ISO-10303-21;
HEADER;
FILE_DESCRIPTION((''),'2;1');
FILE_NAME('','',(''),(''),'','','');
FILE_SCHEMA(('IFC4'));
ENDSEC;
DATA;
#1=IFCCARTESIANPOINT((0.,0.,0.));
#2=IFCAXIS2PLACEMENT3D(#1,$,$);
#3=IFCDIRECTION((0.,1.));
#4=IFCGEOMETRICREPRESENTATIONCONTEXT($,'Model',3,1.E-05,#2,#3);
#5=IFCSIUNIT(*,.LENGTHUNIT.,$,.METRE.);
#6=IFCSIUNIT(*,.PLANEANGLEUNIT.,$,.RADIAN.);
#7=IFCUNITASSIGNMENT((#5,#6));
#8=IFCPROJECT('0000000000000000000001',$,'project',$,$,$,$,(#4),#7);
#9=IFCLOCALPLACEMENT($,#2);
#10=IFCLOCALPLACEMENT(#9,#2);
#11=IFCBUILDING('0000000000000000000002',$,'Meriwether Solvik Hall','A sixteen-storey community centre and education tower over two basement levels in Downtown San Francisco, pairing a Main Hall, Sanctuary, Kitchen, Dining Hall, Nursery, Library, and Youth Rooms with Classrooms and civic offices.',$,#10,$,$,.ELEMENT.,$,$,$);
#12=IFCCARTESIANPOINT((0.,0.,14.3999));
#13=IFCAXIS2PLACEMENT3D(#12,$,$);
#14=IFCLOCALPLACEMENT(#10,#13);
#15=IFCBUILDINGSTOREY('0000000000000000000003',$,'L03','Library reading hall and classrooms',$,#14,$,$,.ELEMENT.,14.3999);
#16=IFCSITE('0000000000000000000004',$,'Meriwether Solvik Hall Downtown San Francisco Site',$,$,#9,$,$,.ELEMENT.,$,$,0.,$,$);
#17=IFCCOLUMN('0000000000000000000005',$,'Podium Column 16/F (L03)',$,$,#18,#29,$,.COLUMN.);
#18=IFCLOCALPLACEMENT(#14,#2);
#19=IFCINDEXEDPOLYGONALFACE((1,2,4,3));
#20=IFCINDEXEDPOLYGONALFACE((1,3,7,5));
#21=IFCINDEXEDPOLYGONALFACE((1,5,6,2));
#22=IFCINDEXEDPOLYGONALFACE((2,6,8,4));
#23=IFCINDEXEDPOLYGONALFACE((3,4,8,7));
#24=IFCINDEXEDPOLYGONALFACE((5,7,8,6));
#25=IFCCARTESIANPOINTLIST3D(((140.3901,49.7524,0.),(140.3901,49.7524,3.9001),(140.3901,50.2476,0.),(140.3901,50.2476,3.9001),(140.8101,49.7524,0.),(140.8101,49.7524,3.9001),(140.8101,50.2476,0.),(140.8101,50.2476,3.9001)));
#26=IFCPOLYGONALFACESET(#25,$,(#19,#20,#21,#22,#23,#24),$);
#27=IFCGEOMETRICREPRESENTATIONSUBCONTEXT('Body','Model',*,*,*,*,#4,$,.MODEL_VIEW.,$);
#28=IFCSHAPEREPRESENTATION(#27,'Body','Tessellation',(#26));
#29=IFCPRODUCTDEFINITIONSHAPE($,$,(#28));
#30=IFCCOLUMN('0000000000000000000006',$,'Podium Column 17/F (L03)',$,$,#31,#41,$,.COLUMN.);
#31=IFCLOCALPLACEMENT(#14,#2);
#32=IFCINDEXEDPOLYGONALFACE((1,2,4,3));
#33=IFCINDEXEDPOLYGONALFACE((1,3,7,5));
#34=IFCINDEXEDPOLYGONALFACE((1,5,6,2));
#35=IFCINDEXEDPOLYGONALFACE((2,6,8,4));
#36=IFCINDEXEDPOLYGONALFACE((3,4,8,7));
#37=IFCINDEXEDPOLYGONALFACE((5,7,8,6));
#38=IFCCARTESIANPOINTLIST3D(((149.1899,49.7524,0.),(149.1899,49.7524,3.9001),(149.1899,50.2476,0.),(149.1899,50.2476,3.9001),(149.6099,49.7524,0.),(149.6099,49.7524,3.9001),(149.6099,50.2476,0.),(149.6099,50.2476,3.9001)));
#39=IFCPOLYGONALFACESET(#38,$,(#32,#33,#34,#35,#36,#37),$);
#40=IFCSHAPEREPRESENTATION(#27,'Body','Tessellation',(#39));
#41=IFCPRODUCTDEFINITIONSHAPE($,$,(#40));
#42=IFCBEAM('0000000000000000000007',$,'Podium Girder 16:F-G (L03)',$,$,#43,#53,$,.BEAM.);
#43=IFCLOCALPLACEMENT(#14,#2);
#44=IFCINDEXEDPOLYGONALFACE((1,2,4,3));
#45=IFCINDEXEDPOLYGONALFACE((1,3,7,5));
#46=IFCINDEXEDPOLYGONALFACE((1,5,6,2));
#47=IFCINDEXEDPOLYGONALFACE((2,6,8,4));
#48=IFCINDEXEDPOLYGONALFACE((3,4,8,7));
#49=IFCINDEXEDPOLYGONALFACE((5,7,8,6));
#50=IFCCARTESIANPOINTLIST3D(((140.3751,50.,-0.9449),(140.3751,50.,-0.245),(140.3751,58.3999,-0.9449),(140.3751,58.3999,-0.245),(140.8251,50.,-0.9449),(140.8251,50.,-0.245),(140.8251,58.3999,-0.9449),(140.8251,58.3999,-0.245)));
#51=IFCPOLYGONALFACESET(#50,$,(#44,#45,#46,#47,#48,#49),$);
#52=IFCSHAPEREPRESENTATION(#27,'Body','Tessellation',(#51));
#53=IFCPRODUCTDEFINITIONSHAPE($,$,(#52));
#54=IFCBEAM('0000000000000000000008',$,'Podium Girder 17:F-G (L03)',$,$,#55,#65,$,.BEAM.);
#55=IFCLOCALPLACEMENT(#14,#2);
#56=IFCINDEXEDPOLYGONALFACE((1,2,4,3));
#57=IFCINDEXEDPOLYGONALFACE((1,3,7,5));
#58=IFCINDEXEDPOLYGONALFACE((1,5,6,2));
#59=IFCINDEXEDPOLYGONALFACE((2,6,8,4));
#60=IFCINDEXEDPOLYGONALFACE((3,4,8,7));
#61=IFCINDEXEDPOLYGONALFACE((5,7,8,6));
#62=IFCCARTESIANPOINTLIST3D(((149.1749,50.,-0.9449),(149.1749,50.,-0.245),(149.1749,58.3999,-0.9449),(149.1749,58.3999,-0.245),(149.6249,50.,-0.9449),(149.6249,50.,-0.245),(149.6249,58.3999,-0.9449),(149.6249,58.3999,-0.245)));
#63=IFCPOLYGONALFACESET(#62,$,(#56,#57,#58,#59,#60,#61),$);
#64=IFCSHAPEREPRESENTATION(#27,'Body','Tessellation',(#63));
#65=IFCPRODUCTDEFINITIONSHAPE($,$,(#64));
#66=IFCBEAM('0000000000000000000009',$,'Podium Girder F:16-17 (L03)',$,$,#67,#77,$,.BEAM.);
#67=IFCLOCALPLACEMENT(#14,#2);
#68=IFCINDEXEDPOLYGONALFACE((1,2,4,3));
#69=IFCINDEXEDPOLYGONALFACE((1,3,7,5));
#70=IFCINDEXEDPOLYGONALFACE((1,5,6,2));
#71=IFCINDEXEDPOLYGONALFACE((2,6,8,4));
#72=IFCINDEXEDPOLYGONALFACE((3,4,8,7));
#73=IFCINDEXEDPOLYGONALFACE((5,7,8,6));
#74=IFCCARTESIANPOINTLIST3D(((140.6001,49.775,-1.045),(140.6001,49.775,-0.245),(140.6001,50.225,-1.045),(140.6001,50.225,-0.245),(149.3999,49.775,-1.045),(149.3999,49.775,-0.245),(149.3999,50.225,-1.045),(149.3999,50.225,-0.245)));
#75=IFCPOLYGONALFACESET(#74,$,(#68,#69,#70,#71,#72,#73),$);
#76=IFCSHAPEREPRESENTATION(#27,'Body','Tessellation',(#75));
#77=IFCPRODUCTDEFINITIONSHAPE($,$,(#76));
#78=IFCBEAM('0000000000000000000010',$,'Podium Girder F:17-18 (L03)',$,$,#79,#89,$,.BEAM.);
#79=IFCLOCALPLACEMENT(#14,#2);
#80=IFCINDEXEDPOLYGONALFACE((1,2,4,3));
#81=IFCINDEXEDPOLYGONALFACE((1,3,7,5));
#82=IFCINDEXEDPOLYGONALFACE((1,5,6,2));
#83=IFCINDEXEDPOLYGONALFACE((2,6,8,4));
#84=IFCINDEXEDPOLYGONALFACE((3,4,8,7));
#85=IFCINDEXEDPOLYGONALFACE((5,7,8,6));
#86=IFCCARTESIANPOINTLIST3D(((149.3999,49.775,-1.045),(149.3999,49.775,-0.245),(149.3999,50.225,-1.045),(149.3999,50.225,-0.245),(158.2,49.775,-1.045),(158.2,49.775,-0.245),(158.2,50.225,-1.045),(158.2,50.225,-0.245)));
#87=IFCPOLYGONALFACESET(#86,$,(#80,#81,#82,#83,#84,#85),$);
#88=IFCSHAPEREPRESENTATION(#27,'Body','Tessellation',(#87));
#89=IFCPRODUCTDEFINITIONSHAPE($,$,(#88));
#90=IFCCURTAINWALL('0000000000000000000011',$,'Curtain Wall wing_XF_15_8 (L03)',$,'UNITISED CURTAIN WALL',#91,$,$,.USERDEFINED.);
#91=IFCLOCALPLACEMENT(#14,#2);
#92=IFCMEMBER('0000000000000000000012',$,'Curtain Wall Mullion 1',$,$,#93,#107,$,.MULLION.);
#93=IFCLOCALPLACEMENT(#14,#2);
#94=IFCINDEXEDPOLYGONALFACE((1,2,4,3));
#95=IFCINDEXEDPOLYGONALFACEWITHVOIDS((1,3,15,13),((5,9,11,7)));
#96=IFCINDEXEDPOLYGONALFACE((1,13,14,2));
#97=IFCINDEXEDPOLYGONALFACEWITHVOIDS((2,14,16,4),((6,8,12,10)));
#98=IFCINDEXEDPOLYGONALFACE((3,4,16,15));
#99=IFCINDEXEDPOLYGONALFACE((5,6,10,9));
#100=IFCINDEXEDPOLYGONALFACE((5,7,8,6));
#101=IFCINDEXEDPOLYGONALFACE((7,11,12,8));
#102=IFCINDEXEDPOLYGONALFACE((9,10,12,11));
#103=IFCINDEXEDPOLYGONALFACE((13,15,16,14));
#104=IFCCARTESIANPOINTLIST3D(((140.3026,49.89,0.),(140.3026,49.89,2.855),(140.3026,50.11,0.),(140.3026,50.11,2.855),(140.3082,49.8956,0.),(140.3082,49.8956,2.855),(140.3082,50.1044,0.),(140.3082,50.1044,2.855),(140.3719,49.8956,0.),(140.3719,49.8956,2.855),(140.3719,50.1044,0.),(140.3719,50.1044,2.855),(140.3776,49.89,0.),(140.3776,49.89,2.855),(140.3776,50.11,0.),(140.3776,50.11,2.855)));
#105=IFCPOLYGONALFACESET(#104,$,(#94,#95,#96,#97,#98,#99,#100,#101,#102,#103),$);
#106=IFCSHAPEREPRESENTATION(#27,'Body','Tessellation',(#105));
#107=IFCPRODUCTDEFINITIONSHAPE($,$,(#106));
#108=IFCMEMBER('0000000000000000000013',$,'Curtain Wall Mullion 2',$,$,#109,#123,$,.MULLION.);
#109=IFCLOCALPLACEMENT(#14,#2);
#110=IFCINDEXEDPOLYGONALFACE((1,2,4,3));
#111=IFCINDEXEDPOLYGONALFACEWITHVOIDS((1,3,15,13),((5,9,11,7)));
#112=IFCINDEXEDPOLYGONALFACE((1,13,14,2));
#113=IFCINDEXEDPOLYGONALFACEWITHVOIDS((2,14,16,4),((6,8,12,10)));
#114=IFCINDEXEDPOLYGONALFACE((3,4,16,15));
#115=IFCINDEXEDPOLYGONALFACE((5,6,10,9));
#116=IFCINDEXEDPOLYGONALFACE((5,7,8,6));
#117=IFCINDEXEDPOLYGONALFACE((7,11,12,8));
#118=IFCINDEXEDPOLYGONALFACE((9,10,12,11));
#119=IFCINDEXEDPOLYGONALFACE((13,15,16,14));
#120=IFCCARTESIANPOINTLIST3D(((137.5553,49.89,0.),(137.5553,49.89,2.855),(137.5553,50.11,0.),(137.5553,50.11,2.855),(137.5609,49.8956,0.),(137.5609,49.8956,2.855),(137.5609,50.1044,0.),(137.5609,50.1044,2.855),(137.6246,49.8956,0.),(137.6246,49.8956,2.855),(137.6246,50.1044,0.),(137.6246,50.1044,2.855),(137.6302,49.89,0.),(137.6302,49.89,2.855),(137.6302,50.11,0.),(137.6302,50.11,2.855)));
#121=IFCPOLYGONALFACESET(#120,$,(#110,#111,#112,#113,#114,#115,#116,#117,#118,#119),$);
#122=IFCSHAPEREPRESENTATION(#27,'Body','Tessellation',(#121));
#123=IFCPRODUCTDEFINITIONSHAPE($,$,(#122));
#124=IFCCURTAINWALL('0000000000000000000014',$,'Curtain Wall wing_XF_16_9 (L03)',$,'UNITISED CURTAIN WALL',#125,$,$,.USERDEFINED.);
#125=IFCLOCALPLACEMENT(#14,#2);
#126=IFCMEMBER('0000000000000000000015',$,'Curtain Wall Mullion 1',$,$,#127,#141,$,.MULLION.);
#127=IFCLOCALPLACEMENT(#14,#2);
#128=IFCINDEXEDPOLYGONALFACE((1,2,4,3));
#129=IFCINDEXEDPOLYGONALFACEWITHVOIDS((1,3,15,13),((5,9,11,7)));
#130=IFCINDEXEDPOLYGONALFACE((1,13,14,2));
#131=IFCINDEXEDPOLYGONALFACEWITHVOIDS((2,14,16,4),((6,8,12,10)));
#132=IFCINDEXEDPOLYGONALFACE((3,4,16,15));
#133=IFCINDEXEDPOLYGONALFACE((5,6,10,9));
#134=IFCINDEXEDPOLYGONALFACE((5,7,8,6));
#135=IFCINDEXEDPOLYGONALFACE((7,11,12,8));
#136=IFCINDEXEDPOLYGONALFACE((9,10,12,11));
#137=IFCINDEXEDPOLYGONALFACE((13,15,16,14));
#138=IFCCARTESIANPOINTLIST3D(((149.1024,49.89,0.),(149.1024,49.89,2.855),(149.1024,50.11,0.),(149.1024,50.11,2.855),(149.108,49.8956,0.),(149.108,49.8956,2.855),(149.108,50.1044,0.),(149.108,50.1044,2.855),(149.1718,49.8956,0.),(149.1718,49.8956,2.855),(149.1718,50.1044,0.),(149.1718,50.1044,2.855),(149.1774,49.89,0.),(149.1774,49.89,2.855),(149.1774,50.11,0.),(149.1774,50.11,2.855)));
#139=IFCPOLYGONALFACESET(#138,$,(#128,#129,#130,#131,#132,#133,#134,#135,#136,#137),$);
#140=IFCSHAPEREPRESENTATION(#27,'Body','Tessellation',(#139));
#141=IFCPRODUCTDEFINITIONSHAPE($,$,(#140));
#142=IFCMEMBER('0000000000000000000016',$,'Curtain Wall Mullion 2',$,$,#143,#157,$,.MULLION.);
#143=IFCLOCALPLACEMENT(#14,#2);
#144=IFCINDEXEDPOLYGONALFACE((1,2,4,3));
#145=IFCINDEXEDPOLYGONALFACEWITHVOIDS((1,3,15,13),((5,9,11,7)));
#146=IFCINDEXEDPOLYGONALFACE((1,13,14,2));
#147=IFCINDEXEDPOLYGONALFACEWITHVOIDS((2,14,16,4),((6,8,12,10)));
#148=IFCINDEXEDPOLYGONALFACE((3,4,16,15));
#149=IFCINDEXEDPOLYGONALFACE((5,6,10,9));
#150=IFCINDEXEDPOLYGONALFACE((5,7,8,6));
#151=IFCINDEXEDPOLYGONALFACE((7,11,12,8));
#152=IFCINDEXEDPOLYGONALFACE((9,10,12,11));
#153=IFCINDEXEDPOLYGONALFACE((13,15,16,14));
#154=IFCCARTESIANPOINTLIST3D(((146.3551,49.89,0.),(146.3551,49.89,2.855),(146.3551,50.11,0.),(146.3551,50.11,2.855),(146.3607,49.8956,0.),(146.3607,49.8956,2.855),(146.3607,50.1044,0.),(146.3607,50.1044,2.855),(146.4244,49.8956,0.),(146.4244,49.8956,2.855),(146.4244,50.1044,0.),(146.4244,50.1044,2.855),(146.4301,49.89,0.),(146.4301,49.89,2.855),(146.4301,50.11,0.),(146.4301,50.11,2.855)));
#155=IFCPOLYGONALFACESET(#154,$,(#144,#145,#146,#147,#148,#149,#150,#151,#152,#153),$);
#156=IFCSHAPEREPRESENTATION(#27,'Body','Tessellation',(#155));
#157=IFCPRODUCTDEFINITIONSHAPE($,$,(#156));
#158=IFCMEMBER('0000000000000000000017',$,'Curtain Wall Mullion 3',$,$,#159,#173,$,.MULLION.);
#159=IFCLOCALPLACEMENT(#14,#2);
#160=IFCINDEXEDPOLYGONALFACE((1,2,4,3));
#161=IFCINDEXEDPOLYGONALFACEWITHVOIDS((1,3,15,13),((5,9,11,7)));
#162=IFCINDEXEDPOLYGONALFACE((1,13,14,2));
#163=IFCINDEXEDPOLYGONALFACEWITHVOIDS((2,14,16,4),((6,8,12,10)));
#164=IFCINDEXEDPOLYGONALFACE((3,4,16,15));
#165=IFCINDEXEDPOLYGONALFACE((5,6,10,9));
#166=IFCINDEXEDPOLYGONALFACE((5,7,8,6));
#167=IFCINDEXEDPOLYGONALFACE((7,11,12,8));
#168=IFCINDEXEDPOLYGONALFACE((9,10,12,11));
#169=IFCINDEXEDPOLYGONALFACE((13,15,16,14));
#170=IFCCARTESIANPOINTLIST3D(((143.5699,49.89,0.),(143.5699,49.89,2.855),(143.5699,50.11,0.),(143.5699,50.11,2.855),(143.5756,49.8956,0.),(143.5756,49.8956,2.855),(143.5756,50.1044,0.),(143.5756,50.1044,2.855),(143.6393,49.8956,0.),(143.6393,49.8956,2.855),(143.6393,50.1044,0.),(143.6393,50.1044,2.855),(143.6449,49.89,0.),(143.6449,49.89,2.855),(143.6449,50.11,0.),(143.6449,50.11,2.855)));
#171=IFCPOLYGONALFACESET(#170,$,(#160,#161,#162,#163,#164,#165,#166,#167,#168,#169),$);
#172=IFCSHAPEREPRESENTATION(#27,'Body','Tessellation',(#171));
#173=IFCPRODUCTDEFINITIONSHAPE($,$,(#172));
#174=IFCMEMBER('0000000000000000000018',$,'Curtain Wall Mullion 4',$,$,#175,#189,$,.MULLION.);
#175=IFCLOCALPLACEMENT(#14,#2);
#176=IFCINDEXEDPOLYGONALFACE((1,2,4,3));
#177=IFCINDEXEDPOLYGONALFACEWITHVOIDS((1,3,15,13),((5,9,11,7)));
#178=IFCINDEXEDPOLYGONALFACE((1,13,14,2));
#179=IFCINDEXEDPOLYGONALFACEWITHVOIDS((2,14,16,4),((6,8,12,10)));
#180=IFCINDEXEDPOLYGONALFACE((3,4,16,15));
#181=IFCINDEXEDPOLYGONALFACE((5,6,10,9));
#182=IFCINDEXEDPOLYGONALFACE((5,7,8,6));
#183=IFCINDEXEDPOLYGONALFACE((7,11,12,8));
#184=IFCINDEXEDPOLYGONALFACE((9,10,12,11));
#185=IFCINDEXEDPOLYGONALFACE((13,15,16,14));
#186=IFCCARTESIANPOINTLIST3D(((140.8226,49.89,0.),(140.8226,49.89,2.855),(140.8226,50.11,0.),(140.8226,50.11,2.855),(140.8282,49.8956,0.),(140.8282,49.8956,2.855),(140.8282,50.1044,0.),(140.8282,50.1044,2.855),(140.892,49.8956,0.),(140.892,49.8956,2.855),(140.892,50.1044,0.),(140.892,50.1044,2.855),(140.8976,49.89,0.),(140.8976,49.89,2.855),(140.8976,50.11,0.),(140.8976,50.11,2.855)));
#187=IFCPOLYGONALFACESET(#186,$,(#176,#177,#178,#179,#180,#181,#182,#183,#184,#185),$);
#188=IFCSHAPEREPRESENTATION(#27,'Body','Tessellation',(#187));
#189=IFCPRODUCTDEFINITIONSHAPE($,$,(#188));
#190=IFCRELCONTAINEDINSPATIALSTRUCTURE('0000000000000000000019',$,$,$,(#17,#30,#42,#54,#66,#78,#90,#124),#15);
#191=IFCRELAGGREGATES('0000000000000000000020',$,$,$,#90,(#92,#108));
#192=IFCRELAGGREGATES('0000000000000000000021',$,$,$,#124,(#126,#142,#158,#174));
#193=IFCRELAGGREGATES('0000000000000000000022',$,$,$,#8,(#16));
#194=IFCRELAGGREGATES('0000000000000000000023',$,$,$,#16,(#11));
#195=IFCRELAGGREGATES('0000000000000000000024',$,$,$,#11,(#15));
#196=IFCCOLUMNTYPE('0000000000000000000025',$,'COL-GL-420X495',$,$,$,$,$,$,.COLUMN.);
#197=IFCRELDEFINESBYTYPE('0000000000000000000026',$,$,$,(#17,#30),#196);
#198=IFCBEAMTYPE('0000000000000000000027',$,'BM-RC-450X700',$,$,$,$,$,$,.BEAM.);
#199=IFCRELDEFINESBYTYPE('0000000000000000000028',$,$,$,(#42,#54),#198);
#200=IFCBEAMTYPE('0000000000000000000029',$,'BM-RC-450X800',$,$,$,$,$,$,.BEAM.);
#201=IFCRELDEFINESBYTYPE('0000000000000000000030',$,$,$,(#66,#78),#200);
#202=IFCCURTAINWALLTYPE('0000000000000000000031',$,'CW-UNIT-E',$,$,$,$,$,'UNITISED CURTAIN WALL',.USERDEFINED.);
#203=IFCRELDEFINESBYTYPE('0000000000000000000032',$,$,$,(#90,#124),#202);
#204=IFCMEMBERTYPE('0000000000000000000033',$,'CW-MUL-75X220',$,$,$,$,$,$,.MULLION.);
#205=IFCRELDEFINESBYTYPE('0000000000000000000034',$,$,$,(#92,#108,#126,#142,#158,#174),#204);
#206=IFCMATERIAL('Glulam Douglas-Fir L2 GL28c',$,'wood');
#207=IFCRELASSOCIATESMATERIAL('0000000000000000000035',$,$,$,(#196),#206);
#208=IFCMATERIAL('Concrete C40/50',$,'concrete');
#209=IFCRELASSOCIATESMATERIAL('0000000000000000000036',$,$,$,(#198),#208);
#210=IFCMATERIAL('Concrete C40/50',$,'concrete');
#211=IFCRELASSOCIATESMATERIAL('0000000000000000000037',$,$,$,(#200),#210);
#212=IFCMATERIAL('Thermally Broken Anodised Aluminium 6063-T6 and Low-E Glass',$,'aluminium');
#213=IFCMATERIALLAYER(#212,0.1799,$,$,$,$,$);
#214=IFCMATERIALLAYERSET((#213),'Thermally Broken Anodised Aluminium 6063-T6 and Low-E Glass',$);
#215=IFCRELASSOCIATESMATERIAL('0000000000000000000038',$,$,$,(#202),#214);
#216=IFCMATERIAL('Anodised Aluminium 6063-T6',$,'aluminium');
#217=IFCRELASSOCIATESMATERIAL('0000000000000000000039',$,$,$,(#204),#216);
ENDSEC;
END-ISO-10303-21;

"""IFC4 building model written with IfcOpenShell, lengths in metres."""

from ifc_helpers import new_model, si_unit, direction, frame, origin, origin_2d, place, context, subcontext, project, spatial, rectangle, hollow_rectangle, extrude, material, layer, layer_set, material_profile, profile_set, type_object, element, aggregate, save


model = new_model("IFC4")

# Units and contexts
model_context = context("Model", 3, precision=1e-05, world=origin(), true_north=direction((0.0, 1.0)))
body_context = subcontext(model_context, "Body", "Model", "MODEL_VIEW")
ifc_project = project(units=[si_unit("LENGTHUNIT", "METRE"), si_unit("PLANEANGLEUNIT", "RADIAN")], contexts=[model_context])

# Site, building, storey
site_placement = place(None, origin())
site = spatial("IfcSite", under=ifc_project, at=site_placement, Name="Meriwether Solvik Hall Downtown San Francisco Site", CompositionType="ELEMENT", RefElevation=0.0)
building_placement = place(site_placement, origin())
building = spatial("IfcBuilding", under=site, at=building_placement, Name="Meriwether Solvik Hall", Description="A sixteen-storey community centre and education tower over two basement levels in Downtown San Francisco, pairing a Main Hall, Sanctuary, Kitchen, Dining Hall, Nursery, Library, and Youth Rooms with Classrooms and civic offices.", CompositionType="ELEMENT")
storey_placement = place(building_placement, frame((0.0, 0.0, 14.3999)))
storey = spatial("IfcBuildingStorey", under=building, at=storey_placement, Name="L03", Description="Library reading hall and classrooms", CompositionType="ELEMENT", Elevation=14.3999)

# Columns
ifc_material_1 = material(Name="Glulam Douglas-Fir L2 GL28c", Category="wood")
ifc_material_profile_1 = material_profile(ifc_material_1, rectangle(XDim=0.4199, YDim=0.4951, at=origin_2d()), Name="GLC-420X495")
ifc_profile_set_1 = profile_set([ifc_material_profile_1], Name="Glulam Douglas-Fir L2 GL28c")
column_type = type_object("IfcColumnType", Name="COL-GL-420X495", PredefinedType="COLUMN", material=ifc_profile_set_1)
for number, where, z_axis, x_axis, name in (
    (1, (140.6001, 50.0, 0.0), (0.0, 0.0, 1.0), (1.0, 0.0, 0.0), "Podium Column 16/F (L03)"),
    (2, (149.3999, 50.0, 0.0), (0.0, 0.0, 1.0), (1.0, 0.0, 0.0), "Podium Column 17/F (L03)"),
):
    element("IfcColumn", number, at=place(storey_placement, frame(where, z_axis=z_axis, x_axis=x_axis)), inside=storey, type_object=column_type, Name=name, PredefinedType="COLUMN", context=body_context, shape_type="SweptSolid", body=[
        extrude(rectangle(XDim=0.4199, YDim=0.4951, at=origin_2d()), origin(), (0.0, 0.0, 1.0), 3.9001),
    ])

# Beams
ifc_material_2 = material(Name="Concrete C40/50", Category="concrete")
ifc_material_profile_2 = material_profile(ifc_material_2, rectangle(XDim=0.45, YDim=0.7, at=origin_2d()), Name="RCB-450X700")
ifc_profile_set_2 = profile_set([ifc_material_profile_2], Name="Concrete C40/50")
beam_type_1 = type_object("IfcBeamType", Name="BM-RC-450X700", PredefinedType="BEAM", material=ifc_profile_set_2)
for number, where, z_axis, x_axis, name in (
    (3, (140.6001, 50.0, -0.595), (0.0, 1.0, 0.0), (-1.0, 0.0, 0.0), "Podium Girder 16:F-G (L03)"),
    (4, (149.3999, 50.0, -0.595), (0.0, 1.0, 0.0), (-1.0, 0.0, 0.0), "Podium Girder 17:F-G (L03)"),
):
    element("IfcBeam", number, at=place(storey_placement, frame(where, z_axis=z_axis, x_axis=x_axis)), inside=storey, type_object=beam_type_1, Name=name, PredefinedType="BEAM", context=body_context, shape_type="SweptSolid", body=[
        extrude(rectangle(XDim=0.45, YDim=0.7, at=origin_2d()), origin(), (0.0, 0.0, 1.0), 8.3999),
    ])
ifc_material_3 = material(Name="Concrete C40/50", Category="concrete")
ifc_material_profile_3 = material_profile(ifc_material_3, rectangle(XDim=0.45, YDim=0.8, at=origin_2d()), Name="RCB-450X800")
ifc_profile_set_3 = profile_set([ifc_material_profile_3], Name="Concrete C40/50")
beam_type_2 = type_object("IfcBeamType", Name="BM-RC-450X800", PredefinedType="BEAM", material=ifc_profile_set_3)
beam_1_placement = place(storey_placement, frame((140.6001, 50.0, -0.645), z_axis=(1.0, 0.0, 0.0), x_axis=(0.0, 1.0, 0.0)))
element("IfcBeam", 5, at=beam_1_placement, inside=storey, type_object=beam_type_2, Name="Podium Girder F:16-17 (L03)", PredefinedType="BEAM", context=body_context, shape_type="SweptSolid", body=[
    extrude(rectangle(XDim=0.45, YDim=0.8, at=origin_2d()), origin(), (0.0, 0.0, 1.0), 8.7998),
])
beam_2_placement = place(storey_placement, frame((149.3999, 50.0, -0.645), z_axis=(1.0, 0.0, 0.0), x_axis=(0.0, 1.0, 0.0)))
element("IfcBeam", 6, at=beam_2_placement, inside=storey, type_object=beam_type_2, Name="Podium Girder F:17-18 (L03)", PredefinedType="BEAM", context=body_context, shape_type="SweptSolid", body=[
    extrude(rectangle(XDim=0.45, YDim=0.8, at=origin_2d()), origin(), (0.0, 0.0, 1.0), 8.8),
])

# Curtain walls, members
ifc_material_4 = material(Name="Thermally Broken Anodised Aluminium 6063-T6 and Low-E Glass", Category="aluminium")
ifc_layer_1 = layer(ifc_material_4, 0.1799)
ifc_layer_set_1 = layer_set([ifc_layer_1], Name="Thermally Broken Anodised Aluminium 6063-T6 and Low-E Glass")
curtain_wall_type = type_object("IfcCurtainWallType", Name="CW-UNIT-E", ElementType="UNITISED CURTAIN WALL", PredefinedType="USERDEFINED", material=ifc_layer_set_1)
curtain_wall_1_placement = place(storey_placement, origin())
curtain_wall_1 = element("IfcCurtainWall", 7, at=curtain_wall_1_placement, inside=storey, type_object=curtain_wall_type, Name="Curtain Wall wing_XF_15_8 (L03)", ObjectType="UNITISED CURTAIN WALL", PredefinedType="USERDEFINED")
ifc_material_5 = material(Name="Anodised Aluminium 6063-T6", Category="aluminium")
ifc_material_profile_4 = material_profile(ifc_material_5, hollow_rectangle(XDim=0.075, YDim=0.22, WallThickness=0.0056, at=origin_2d()), Name="CWM-75X220")
ifc_profile_set_4 = profile_set([ifc_material_profile_4], Name="Anodised Aluminium 6063-T6")
member_type_1 = type_object("IfcMemberType", Name="CW-MUL-75X220", PredefinedType="MULLION", material=ifc_profile_set_4)
member_1_placement = place(storey_placement, frame((140.3401, 50.0, 0.0), z_axis=(0.0, 0.0, 1.0), x_axis=(-1.0, 0.0, 0.0)))
member_1 = element("IfcMember", 8, at=member_1_placement, type_object=member_type_1, Name="Curtain Wall Mullion 1", PredefinedType="MULLION", context=body_context, shape_type="SweptSolid", body=[
    extrude(hollow_rectangle(XDim=0.075, YDim=0.22, WallThickness=0.0056, at=origin_2d()), origin(), (0.0, 0.0, 1.0), 2.855),
])
member_2_placement = place(storey_placement, frame((137.5928, 50.0, 0.0), z_axis=(0.0, 0.0, 1.0), x_axis=(-1.0, 0.0, 0.0)))
member_2 = element("IfcMember", 9, at=member_2_placement, type_object=member_type_1, Name="Curtain Wall Mullion 2", PredefinedType="MULLION", context=body_context, shape_type="SweptSolid", body=[
    extrude(hollow_rectangle(XDim=0.075, YDim=0.22, WallThickness=0.0056, at=origin_2d()), origin(), (0.0, 0.0, 1.0), 2.855),
])
curtain_wall_2_placement = place(storey_placement, origin())
curtain_wall_2 = element("IfcCurtainWall", 10, at=curtain_wall_2_placement, inside=storey, type_object=curtain_wall_type, Name="Curtain Wall wing_XF_16_9 (L03)", ObjectType="UNITISED CURTAIN WALL", PredefinedType="USERDEFINED")
member_3_placement = place(storey_placement, frame((149.1399, 50.0, 0.0), z_axis=(0.0, 0.0, 1.0), x_axis=(-1.0, 0.0, 0.0)))
member_3 = element("IfcMember", 11, at=member_3_placement, type_object=member_type_1, Name="Curtain Wall Mullion 1", PredefinedType="MULLION", context=body_context, shape_type="SweptSolid", body=[
    extrude(hollow_rectangle(XDim=0.075, YDim=0.22, WallThickness=0.0056, at=origin_2d()), origin(), (0.0, 0.0, 1.0), 2.855),
])
member_4_placement = place(storey_placement, frame((146.3926, 50.0, 0.0), z_axis=(0.0, 0.0, 1.0), x_axis=(-1.0, 0.0, 0.0)))
member_4 = element("IfcMember", 12, at=member_4_placement, type_object=member_type_1, Name="Curtain Wall Mullion 2", PredefinedType="MULLION", context=body_context, shape_type="SweptSolid", body=[
    extrude(hollow_rectangle(XDim=0.075, YDim=0.22, WallThickness=0.0056, at=origin_2d()), origin(), (0.0, 0.0, 1.0), 2.855),
])
member_5_placement = place(storey_placement, frame((143.6074, 50.0, 0.0), z_axis=(0.0, 0.0, 1.0), x_axis=(-1.0, 0.0, 0.0)))
member_5 = element("IfcMember", 13, at=member_5_placement, type_object=member_type_1, Name="Curtain Wall Mullion 3", PredefinedType="MULLION", context=body_context, shape_type="SweptSolid", body=[
    extrude(hollow_rectangle(XDim=0.075, YDim=0.22, WallThickness=0.0056, at=origin_2d()), origin(), (0.0, 0.0, 1.0), 2.855),
])
member_6_placement = place(storey_placement, frame((140.8601, 50.0, 0.0), z_axis=(0.0, 0.0, 1.0), x_axis=(-1.0, 0.0, 0.0)))
member_6 = element("IfcMember", 14, at=member_6_placement, type_object=member_type_1, Name="Curtain Wall Mullion 4", PredefinedType="MULLION", context=body_context, shape_type="SweptSolid", body=[
    extrude(hollow_rectangle(XDim=0.075, YDim=0.22, WallThickness=0.0056, at=origin_2d()), origin(), (0.0, 0.0, 1.0), 2.855),
])

aggregate(curtain_wall_1, [member_1, member_2])
aggregate(curtain_wall_2, [member_3, member_4, member_5, member_6])

save(model, "model.ifc")
